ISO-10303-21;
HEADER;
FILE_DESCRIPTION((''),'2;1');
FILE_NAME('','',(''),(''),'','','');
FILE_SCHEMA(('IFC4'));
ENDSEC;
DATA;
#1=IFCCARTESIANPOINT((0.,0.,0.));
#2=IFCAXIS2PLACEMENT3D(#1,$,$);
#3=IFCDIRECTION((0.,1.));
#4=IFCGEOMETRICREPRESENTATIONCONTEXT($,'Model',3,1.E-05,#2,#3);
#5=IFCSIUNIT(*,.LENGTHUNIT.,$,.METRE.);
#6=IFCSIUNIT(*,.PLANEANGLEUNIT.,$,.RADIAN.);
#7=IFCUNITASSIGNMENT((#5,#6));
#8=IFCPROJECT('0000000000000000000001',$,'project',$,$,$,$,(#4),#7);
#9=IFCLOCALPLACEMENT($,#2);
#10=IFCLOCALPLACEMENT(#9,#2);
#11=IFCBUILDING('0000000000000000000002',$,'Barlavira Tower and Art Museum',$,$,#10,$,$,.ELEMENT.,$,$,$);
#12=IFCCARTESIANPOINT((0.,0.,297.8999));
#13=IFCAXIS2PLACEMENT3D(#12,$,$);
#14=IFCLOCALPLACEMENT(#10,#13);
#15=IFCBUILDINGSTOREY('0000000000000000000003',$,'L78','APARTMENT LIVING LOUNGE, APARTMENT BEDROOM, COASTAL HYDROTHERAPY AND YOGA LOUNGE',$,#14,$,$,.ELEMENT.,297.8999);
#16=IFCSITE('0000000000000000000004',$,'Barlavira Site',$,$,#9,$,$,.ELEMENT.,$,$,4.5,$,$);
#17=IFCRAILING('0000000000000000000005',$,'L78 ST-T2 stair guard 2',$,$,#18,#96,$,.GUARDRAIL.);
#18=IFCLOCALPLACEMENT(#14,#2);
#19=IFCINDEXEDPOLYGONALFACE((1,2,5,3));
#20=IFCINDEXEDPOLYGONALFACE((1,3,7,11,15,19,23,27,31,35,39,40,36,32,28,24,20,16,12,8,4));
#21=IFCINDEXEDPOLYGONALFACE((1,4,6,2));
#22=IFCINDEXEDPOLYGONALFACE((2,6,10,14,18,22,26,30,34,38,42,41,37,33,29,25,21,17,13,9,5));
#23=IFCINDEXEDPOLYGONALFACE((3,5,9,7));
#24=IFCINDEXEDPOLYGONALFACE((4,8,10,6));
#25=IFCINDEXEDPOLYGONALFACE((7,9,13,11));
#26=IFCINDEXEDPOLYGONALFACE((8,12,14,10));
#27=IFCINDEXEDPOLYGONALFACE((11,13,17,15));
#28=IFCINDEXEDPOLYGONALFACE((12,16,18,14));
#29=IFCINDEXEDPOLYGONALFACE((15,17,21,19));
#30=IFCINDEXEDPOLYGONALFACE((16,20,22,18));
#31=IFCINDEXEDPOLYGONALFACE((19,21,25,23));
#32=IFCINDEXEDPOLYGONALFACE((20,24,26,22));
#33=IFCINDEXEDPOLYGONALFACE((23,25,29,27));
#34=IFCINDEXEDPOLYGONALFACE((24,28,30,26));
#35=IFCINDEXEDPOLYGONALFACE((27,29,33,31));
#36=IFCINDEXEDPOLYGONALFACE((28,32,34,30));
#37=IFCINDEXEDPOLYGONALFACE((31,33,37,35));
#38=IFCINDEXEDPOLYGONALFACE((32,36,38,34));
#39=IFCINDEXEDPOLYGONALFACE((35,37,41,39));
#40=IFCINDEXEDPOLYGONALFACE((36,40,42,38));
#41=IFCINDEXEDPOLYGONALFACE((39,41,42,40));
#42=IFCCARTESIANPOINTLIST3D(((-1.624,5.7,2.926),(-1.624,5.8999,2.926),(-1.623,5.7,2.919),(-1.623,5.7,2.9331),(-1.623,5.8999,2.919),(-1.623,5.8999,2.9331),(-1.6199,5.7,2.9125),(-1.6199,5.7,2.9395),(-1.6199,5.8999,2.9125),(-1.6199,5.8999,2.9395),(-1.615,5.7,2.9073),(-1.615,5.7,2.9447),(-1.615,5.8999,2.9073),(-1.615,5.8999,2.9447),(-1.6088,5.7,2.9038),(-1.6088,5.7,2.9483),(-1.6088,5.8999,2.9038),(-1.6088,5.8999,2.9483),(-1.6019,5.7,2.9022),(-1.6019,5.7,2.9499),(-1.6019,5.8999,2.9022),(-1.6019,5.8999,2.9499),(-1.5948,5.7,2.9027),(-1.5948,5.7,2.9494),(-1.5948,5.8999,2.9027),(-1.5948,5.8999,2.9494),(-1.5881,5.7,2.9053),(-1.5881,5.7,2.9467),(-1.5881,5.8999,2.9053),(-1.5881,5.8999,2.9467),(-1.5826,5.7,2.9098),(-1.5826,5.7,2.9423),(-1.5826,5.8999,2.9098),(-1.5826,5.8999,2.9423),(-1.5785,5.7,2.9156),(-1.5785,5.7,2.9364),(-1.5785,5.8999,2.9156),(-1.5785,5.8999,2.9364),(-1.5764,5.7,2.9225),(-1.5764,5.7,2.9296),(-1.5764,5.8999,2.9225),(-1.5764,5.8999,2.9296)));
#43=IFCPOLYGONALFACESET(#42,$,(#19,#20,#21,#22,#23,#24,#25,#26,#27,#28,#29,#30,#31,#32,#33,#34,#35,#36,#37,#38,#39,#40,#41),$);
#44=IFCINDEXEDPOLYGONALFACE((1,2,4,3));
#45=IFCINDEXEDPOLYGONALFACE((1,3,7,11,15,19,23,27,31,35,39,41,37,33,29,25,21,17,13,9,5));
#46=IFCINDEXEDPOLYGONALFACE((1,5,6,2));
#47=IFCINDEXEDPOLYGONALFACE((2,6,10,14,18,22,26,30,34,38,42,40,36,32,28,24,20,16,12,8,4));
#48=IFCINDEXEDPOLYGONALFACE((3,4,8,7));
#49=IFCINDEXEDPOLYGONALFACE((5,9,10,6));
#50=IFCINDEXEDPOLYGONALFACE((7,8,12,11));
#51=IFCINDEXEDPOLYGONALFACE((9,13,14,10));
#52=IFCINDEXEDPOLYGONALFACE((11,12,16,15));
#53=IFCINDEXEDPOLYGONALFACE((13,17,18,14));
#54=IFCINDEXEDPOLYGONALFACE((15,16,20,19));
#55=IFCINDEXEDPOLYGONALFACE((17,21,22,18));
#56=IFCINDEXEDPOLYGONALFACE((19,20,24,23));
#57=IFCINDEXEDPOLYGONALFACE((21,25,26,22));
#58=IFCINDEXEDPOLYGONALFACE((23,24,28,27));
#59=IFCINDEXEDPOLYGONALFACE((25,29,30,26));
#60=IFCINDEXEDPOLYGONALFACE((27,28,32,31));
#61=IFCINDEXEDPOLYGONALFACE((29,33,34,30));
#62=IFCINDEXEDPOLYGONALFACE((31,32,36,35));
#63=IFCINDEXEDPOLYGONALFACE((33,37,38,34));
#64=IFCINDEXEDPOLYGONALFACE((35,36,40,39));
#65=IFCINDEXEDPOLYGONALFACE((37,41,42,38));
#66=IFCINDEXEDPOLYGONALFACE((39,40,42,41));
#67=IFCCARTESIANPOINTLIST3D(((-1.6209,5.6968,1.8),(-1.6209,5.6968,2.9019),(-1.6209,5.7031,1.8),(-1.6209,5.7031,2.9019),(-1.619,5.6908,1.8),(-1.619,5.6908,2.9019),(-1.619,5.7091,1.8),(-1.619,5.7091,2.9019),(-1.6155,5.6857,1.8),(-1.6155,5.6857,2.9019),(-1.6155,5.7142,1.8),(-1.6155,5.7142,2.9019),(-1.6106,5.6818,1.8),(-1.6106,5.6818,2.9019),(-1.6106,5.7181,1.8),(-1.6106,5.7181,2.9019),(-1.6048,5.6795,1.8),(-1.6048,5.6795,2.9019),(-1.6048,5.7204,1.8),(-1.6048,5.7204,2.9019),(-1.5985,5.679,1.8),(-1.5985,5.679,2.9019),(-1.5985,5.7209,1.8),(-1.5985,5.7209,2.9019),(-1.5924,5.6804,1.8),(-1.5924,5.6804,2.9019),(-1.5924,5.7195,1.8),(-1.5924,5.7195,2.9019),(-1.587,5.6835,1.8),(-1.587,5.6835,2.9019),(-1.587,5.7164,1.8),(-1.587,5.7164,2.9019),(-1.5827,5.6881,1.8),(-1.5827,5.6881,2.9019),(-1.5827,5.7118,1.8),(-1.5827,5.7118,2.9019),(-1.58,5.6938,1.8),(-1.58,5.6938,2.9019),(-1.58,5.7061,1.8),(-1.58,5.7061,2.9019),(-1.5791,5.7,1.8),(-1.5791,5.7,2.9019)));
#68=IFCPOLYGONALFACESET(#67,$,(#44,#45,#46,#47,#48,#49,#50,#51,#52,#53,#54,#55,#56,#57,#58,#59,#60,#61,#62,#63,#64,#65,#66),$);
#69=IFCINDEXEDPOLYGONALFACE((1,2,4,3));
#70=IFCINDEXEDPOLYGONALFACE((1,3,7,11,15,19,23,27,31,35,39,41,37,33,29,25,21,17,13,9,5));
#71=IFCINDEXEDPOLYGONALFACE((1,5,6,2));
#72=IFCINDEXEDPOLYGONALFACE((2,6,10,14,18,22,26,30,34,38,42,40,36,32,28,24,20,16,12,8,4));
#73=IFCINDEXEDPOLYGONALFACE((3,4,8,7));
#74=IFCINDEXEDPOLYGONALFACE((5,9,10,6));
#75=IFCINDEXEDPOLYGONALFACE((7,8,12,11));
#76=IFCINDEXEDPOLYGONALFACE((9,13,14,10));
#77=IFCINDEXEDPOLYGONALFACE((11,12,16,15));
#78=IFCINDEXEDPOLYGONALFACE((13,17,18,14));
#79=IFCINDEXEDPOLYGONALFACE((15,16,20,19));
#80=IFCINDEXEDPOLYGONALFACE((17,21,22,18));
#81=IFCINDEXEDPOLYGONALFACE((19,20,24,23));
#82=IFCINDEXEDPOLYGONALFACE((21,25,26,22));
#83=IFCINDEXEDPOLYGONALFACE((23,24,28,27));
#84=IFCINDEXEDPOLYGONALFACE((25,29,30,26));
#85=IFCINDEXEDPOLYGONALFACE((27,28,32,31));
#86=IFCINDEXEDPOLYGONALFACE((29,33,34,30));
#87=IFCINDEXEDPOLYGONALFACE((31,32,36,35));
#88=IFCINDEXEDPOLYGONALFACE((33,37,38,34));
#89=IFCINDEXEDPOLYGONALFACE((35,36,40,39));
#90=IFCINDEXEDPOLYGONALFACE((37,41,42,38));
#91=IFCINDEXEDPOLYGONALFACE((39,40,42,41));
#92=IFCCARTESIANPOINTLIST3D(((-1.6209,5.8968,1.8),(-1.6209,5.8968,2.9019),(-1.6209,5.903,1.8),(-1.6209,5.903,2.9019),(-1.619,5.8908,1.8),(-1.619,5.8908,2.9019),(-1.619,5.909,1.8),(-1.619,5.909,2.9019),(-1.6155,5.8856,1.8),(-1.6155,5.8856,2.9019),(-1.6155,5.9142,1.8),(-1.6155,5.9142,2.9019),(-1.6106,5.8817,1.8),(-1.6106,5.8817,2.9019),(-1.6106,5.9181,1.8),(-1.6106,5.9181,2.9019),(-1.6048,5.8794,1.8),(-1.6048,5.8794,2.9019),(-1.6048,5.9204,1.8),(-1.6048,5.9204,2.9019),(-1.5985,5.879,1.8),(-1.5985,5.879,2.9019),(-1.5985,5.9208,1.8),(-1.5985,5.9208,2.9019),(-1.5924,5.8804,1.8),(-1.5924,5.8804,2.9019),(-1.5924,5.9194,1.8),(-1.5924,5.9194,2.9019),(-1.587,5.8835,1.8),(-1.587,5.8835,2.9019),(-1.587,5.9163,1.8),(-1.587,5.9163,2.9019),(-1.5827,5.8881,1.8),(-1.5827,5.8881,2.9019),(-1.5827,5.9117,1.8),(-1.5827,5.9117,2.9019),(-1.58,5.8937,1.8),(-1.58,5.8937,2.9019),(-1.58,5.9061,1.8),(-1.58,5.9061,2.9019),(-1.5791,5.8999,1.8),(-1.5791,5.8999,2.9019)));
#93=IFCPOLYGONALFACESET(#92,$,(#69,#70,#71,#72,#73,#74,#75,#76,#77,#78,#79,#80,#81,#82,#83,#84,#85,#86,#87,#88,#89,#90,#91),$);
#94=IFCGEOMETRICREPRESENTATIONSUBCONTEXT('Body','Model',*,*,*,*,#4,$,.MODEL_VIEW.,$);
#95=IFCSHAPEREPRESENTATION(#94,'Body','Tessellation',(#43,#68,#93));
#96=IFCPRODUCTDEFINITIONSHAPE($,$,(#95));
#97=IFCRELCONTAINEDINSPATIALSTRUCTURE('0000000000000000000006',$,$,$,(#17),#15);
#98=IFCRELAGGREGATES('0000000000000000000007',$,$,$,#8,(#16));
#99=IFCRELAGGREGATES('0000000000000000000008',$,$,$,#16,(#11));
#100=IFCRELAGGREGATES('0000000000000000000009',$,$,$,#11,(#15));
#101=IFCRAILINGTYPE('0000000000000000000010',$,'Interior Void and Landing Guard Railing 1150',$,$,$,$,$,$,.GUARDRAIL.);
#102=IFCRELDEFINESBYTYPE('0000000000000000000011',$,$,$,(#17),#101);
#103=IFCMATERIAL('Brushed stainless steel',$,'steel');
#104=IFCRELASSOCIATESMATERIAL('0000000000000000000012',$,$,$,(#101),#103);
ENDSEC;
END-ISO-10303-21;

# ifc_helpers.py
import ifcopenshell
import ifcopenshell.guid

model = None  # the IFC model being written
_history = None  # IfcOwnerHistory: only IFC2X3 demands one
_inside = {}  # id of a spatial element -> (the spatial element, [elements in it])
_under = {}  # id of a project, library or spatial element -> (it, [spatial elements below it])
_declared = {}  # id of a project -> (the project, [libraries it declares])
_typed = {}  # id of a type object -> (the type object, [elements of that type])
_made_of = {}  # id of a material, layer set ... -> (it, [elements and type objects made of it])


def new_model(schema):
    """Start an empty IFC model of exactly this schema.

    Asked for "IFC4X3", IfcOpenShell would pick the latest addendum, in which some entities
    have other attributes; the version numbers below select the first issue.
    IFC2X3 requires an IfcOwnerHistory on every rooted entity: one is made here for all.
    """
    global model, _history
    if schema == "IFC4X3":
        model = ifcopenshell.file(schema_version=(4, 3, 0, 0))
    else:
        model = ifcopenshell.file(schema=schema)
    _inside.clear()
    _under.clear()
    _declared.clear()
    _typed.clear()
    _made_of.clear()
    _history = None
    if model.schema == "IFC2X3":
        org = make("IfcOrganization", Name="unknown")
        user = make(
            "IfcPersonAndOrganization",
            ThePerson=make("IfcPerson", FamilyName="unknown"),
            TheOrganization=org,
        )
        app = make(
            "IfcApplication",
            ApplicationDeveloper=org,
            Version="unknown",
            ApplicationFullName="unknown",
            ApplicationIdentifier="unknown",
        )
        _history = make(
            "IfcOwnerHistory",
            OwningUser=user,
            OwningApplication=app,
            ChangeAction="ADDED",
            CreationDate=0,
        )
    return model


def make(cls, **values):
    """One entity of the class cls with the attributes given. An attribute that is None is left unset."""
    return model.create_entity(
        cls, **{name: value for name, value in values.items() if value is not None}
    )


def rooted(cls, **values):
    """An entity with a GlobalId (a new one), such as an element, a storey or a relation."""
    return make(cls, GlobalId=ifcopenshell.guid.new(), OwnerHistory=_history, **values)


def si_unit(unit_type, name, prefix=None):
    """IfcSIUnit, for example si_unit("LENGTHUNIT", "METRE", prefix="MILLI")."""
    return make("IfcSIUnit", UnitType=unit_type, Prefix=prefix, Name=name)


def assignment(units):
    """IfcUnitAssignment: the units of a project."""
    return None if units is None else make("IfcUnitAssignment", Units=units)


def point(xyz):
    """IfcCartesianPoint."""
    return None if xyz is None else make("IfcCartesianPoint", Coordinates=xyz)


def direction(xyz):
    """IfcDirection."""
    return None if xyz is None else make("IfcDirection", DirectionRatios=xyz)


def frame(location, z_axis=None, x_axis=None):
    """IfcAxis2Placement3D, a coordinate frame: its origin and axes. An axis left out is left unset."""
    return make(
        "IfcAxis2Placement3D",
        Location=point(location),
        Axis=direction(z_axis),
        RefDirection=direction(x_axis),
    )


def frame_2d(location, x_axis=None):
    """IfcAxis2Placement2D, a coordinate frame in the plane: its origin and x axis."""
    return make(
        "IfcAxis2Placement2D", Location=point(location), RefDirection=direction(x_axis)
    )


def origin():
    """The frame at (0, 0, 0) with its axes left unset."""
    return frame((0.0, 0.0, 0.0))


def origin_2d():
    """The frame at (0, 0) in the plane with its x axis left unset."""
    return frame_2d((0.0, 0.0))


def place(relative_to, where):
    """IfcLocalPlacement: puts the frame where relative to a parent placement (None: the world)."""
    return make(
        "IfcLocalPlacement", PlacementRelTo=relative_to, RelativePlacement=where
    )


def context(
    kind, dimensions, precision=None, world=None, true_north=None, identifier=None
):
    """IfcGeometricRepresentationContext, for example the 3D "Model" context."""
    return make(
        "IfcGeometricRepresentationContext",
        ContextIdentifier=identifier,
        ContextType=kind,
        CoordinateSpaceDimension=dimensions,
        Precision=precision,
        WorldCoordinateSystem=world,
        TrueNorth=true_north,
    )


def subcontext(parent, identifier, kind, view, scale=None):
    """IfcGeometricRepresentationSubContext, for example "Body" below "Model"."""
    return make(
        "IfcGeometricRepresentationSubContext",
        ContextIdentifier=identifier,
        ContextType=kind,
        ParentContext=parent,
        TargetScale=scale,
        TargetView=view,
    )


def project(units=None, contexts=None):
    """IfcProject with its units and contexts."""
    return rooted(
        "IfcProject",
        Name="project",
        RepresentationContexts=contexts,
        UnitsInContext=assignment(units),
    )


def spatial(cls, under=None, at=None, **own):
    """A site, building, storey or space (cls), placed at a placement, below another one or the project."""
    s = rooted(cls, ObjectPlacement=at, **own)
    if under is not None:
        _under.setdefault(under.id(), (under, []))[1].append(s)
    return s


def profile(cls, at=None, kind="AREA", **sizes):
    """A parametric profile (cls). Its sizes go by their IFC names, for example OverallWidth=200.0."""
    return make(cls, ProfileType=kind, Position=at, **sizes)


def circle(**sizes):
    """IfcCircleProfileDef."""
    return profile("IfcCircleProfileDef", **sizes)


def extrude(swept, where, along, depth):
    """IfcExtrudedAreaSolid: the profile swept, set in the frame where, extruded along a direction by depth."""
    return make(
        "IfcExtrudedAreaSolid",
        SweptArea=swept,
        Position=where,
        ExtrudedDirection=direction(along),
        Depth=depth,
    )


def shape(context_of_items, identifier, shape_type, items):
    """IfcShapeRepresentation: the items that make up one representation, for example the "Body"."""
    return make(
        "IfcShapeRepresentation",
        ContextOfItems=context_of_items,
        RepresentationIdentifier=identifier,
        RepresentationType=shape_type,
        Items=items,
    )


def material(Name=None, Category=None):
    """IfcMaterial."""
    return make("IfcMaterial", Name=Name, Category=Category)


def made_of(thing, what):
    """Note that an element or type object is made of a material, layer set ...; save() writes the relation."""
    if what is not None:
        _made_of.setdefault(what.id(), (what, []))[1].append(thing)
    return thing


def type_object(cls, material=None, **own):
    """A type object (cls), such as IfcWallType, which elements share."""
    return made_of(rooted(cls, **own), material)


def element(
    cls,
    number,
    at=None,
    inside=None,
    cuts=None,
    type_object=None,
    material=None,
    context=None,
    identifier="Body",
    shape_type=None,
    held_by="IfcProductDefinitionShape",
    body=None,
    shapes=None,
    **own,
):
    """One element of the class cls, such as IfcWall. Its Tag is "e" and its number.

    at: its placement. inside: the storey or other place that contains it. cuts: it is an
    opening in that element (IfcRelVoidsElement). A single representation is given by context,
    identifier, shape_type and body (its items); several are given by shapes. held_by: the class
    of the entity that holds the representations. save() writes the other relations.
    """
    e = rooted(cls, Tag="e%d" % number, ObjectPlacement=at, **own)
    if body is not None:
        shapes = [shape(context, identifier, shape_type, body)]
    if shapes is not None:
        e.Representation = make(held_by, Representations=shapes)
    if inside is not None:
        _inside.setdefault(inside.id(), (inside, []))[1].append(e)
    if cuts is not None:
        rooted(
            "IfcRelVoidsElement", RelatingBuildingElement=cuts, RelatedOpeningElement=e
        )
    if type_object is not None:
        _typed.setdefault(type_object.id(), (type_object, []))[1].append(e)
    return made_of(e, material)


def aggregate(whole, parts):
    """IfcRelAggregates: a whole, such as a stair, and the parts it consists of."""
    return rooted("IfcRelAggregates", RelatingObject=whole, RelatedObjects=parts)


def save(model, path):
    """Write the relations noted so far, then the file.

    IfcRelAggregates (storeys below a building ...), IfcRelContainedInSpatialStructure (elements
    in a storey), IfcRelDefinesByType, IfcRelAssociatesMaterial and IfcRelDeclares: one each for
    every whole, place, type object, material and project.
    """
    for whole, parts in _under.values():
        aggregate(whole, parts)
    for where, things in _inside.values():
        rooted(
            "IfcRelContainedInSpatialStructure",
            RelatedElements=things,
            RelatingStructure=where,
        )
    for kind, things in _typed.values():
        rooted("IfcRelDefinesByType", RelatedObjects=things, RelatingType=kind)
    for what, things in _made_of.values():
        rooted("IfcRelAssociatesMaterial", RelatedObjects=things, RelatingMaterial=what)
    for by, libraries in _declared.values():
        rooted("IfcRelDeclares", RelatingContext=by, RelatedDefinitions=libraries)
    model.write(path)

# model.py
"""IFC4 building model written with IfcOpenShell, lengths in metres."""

from ifc_helpers import new_model, si_unit, direction, frame, origin, origin_2d, place, context, subcontext, project, spatial, circle, extrude, material, type_object, element, save


model = new_model("IFC4")

# Units and contexts
model_context = context("Model", 3, precision=1e-05, world=origin(), true_north=direction((0.0, 1.0)))
body_context = subcontext(model_context, "Body", "Model", "MODEL_VIEW")
ifc_project = project(units=[si_unit("LENGTHUNIT", "METRE"), si_unit("PLANEANGLEUNIT", "RADIAN")], contexts=[model_context])

# Site, building, storey
site_placement = place(None, origin())
site = spatial("IfcSite", under=ifc_project, at=site_placement, Name="Barlavira Site", CompositionType="ELEMENT", RefElevation=4.5)
building_placement = place(site_placement, origin())
building = spatial("IfcBuilding", under=site, at=building_placement, Name="Barlavira Tower and Art Museum", CompositionType="ELEMENT")
storey_placement = place(building_placement, frame((0.0, 0.0, 297.8999)))
storey = spatial("IfcBuildingStorey", under=building, at=storey_placement, Name="L78", Description="APARTMENT LIVING LOUNGE, APARTMENT BEDROOM, COASTAL HYDROTHERAPY AND YOGA LOUNGE", CompositionType="ELEMENT", Elevation=297.8999)

# Shared definitions
ifc_material_1 = material(Name="Brushed stainless steel", Category="steel")

# Railing
railing_type_1 = type_object("IfcRailingType", Name="Interior Void and Landing Guard Railing 1150", PredefinedType="GUARDRAIL", material=ifc_material_1)
railing_1_placement = place(storey_placement, frame((-1.6001, 5.7, 1.8)))
element("IfcRailing", 1, at=railing_1_placement, inside=storey, type_object=railing_type_1, Name="L78 ST-T2 stair guard 2", PredefinedType="GUARDRAIL", context=body_context, shape_type="SweptSolid", body=[
    extrude(circle(Radius=0.0239, at=origin_2d()), frame((0.0, 0.0, 1.126), z_axis=(0.0, 1.0, 0.0), x_axis=(-1.0, 0.0, 0.0)), (0.0, 0.0, 1.0), 0.2),
    extrude(circle(Radius=0.021, at=origin_2d()), origin(), (0.0, 0.0, 1.0), 1.1018),
    extrude(circle(Radius=0.021, at=origin_2d()), frame((0.0, 0.2, 0.0)), (0.0, 0.0, 1.0), 1.1018),
])

save(model, "model.ifc")
